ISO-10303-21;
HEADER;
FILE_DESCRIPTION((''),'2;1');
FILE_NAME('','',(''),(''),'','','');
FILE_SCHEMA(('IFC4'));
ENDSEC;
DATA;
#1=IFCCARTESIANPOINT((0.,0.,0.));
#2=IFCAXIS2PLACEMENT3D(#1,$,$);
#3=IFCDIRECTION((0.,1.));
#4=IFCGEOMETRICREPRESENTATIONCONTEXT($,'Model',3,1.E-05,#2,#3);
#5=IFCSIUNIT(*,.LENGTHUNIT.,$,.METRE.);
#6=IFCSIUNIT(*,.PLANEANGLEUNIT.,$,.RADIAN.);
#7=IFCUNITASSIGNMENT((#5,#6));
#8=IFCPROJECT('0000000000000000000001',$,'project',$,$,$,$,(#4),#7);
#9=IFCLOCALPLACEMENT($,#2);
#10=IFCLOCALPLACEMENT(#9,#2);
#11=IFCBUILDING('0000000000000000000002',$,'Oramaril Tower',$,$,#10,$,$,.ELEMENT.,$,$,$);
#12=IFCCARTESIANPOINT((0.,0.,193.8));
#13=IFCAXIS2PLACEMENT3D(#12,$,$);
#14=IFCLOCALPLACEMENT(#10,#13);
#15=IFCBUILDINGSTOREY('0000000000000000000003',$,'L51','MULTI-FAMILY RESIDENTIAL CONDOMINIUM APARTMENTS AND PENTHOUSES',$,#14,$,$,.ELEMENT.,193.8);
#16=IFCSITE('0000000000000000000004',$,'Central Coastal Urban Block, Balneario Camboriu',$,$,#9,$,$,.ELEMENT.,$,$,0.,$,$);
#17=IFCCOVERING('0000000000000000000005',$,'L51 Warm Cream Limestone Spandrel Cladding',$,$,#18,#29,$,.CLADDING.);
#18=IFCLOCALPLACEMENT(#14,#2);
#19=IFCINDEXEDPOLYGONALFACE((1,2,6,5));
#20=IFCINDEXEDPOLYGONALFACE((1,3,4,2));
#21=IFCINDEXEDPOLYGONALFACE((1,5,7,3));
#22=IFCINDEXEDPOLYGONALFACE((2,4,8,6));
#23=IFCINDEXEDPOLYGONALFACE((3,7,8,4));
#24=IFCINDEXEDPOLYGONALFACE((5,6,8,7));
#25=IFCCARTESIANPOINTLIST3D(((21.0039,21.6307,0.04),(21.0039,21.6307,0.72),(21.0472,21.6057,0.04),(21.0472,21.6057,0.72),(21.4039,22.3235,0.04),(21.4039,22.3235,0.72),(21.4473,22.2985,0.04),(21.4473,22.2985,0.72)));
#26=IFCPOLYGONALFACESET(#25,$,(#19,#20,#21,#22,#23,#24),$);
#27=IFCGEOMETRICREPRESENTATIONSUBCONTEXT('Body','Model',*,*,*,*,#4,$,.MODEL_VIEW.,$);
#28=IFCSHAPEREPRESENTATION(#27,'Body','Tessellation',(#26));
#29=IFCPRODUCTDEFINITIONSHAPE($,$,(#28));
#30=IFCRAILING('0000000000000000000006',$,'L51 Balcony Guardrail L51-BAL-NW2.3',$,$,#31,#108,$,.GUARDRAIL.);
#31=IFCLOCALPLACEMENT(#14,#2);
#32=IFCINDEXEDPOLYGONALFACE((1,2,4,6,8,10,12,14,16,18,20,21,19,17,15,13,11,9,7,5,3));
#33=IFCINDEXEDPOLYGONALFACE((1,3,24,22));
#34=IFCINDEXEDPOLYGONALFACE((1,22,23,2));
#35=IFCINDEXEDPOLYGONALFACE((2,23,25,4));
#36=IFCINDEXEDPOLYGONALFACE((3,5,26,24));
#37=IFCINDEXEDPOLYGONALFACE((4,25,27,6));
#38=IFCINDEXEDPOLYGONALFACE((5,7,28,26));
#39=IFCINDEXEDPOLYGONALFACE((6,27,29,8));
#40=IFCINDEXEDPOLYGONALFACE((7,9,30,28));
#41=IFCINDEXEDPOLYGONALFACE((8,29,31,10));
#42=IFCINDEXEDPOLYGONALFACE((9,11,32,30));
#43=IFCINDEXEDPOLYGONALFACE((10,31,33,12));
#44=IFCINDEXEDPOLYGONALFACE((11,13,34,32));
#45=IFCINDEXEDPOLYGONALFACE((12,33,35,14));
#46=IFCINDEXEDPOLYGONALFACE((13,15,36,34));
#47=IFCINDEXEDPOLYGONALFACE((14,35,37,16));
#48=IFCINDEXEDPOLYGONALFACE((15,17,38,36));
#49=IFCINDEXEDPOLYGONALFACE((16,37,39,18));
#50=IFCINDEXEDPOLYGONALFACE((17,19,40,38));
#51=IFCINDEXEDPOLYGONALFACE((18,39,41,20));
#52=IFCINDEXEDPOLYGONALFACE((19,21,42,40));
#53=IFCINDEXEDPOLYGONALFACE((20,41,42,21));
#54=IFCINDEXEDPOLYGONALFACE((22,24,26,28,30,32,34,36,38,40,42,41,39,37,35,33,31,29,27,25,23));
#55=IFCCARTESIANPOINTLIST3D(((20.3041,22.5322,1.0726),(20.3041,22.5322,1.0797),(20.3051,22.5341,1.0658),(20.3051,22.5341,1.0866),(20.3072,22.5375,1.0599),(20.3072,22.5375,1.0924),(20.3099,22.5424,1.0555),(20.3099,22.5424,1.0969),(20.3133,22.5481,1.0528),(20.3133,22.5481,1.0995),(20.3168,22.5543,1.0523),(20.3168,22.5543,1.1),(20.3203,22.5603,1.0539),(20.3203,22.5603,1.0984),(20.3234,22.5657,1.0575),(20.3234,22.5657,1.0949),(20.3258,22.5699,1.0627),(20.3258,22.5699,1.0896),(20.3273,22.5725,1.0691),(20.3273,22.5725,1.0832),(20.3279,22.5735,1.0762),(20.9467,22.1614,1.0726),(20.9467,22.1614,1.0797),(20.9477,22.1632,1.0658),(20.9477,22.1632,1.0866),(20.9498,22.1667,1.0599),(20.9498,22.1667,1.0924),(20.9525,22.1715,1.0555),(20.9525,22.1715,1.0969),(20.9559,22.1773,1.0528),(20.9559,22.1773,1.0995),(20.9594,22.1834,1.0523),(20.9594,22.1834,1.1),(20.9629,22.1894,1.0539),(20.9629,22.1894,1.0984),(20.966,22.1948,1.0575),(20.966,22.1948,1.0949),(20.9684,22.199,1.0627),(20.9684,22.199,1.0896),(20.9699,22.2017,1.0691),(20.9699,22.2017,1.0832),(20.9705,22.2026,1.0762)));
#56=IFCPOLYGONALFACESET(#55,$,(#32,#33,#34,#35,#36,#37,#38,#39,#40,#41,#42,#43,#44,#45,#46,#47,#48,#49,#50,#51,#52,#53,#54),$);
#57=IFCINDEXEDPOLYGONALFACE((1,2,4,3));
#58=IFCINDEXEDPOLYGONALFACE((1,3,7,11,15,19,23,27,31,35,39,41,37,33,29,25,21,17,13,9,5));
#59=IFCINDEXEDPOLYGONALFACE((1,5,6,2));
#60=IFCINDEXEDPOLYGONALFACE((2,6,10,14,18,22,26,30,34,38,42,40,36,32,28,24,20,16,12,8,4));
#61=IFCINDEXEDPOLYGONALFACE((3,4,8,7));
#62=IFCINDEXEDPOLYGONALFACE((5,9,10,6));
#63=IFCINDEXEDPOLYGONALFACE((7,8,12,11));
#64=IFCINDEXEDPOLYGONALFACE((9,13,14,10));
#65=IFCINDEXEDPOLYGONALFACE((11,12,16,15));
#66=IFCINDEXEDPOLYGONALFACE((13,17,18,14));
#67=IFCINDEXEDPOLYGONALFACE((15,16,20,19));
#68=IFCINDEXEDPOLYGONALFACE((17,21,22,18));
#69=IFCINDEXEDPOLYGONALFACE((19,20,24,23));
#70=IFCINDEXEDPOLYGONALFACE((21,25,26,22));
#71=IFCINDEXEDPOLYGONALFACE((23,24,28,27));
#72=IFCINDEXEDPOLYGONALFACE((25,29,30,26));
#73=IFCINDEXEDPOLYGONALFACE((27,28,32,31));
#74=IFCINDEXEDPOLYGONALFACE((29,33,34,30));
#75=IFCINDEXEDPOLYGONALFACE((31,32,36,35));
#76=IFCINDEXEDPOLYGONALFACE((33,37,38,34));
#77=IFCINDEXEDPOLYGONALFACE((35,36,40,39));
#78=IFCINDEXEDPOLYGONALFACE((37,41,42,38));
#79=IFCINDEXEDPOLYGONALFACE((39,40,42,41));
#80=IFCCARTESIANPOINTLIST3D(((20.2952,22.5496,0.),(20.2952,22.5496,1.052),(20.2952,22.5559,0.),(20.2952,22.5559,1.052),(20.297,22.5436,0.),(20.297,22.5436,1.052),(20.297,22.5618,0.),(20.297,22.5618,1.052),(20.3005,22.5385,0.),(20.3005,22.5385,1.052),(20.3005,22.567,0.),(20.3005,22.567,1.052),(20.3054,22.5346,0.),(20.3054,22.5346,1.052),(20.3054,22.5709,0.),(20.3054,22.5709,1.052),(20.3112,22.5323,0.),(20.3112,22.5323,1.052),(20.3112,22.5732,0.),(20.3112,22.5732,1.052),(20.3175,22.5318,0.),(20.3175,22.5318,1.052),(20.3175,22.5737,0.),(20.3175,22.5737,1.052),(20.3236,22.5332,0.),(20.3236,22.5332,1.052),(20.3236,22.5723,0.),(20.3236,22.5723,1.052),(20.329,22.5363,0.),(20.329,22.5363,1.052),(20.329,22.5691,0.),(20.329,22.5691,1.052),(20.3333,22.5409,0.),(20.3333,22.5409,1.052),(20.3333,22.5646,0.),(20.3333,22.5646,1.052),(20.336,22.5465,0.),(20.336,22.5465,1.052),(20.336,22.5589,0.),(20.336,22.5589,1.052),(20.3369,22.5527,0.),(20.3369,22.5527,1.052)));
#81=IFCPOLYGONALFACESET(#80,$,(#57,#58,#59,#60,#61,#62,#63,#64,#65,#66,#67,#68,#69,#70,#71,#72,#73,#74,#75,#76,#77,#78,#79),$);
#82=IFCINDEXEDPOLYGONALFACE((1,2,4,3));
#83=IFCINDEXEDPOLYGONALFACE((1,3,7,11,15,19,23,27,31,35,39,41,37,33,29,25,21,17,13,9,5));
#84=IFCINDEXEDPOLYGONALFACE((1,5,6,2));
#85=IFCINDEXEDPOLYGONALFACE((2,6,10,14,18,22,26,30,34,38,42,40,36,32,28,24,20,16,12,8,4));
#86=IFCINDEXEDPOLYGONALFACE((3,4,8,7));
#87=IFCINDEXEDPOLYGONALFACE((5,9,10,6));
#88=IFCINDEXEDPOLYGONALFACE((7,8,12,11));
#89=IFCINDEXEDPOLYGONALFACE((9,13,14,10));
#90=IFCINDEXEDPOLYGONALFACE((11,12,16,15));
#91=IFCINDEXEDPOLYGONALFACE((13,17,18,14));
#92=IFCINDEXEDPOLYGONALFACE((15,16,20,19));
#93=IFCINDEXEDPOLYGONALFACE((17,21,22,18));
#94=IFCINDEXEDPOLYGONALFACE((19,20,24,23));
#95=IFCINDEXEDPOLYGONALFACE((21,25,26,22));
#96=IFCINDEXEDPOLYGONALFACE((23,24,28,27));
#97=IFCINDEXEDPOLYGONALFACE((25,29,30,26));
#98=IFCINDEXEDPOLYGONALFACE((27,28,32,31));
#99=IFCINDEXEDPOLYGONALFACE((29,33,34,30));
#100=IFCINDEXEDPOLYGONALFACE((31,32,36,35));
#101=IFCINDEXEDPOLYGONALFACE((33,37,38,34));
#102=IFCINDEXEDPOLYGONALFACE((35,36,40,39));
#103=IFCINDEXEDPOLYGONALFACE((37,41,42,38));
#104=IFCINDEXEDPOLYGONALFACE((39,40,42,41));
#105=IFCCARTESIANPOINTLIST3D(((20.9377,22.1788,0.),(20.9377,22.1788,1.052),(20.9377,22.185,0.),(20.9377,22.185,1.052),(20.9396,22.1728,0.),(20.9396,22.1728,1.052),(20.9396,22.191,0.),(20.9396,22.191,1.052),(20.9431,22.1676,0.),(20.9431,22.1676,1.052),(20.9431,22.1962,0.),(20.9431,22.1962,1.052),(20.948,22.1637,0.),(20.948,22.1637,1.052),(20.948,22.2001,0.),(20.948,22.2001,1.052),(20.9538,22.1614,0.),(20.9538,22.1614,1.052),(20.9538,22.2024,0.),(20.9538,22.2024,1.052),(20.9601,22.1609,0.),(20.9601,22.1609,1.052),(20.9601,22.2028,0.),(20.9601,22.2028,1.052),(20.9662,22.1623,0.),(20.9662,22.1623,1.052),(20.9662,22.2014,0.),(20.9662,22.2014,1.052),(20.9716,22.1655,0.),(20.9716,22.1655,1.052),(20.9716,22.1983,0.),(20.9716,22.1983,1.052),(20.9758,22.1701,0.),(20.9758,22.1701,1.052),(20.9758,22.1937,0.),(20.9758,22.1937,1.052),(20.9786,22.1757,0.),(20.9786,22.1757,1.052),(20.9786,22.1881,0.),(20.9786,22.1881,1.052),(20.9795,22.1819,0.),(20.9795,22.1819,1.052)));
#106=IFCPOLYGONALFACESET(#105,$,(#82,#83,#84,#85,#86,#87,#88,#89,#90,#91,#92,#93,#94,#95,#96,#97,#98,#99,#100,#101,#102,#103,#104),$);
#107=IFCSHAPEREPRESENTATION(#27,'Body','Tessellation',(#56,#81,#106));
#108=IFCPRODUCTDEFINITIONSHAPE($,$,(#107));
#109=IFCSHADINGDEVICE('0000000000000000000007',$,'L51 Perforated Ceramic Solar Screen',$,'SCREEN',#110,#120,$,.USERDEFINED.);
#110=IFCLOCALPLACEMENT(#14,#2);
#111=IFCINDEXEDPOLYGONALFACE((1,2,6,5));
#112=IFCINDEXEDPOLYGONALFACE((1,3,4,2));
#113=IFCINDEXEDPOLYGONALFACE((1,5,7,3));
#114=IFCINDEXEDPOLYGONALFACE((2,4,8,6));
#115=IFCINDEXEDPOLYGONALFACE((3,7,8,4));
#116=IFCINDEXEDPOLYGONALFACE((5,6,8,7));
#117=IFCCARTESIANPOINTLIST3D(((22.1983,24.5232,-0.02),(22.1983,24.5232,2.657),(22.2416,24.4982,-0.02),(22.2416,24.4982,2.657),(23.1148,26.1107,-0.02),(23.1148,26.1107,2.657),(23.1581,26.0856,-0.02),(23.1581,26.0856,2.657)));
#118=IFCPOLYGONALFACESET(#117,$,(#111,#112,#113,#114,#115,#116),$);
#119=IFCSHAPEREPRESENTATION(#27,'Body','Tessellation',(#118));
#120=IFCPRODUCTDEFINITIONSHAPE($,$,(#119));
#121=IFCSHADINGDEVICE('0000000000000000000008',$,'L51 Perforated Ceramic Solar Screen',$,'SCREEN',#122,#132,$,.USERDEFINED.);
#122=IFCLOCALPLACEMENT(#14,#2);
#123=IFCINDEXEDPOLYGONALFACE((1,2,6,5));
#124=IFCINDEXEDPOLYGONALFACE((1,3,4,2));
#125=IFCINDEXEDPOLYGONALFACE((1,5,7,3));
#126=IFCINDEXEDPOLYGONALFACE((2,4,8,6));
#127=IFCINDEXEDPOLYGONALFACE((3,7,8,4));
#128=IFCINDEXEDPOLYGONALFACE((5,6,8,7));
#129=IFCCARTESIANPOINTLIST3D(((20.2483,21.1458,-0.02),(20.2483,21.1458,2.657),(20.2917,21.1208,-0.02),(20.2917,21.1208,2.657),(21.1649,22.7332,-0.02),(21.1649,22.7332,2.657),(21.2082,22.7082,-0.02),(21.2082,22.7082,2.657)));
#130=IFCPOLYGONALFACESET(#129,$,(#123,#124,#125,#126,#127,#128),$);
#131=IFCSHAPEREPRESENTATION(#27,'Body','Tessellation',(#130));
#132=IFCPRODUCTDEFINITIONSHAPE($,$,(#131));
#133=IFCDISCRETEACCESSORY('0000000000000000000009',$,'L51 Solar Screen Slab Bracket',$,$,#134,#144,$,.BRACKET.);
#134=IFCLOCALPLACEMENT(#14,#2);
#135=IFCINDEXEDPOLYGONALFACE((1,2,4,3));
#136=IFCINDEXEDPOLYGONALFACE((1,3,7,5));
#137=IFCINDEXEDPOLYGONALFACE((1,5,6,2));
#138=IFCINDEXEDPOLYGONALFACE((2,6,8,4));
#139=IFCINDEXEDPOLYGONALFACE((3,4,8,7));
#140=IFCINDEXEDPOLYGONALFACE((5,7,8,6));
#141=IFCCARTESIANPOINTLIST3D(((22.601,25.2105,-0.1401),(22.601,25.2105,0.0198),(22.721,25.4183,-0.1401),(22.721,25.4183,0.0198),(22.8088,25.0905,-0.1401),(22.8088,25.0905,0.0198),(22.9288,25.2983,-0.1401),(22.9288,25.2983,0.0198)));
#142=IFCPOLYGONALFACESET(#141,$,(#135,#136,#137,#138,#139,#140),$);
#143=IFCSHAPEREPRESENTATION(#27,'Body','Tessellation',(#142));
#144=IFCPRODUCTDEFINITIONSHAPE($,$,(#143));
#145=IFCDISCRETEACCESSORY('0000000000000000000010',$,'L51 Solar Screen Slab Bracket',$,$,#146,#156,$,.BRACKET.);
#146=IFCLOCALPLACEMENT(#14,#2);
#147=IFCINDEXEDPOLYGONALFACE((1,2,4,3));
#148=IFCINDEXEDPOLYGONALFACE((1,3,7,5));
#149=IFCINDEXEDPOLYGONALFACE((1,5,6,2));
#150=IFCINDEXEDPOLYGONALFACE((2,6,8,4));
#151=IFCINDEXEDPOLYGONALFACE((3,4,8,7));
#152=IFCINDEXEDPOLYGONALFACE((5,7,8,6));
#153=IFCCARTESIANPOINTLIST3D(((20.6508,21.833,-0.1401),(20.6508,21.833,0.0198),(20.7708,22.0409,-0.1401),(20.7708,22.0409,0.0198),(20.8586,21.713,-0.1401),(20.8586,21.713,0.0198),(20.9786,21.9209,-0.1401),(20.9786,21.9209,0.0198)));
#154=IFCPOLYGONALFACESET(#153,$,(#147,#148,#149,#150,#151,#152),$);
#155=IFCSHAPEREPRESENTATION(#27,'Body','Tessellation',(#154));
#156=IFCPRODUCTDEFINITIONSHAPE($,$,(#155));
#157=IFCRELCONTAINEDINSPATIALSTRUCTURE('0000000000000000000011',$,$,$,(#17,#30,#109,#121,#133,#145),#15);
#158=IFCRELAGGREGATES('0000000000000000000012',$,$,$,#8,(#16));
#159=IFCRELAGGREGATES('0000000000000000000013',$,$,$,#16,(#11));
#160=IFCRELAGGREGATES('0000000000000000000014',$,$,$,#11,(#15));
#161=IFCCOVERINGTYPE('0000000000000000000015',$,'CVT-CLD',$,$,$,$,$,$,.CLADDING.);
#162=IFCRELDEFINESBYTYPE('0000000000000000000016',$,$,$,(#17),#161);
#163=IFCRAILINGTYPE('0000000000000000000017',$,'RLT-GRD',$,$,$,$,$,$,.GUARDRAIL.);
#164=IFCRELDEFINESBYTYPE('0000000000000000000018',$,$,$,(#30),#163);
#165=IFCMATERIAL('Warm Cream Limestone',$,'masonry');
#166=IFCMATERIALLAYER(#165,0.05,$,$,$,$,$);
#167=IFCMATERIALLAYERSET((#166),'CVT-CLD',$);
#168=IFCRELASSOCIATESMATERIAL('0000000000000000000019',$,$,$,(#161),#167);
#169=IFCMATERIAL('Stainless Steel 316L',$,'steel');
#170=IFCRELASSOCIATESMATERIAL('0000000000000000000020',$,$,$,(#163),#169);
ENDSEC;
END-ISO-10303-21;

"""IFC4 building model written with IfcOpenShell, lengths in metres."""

from ifc_helpers import new_model, si_unit, direction, frame, origin, origin_2d, place, context, subcontext, project, spatial, rectangle, circle, extrude, material, layer, layer_set, type_object, element, save


model = new_model("IFC4")

# Units and contexts
model_context = context("Model", 3, precision=1e-05, world=origin(), true_north=direction((0.0, 1.0)))
body_context = subcontext(model_context, "Body", "Model", "MODEL_VIEW")
ifc_project = project(units=[si_unit("LENGTHUNIT", "METRE"), si_unit("PLANEANGLEUNIT", "RADIAN")], contexts=[model_context])

# Site, building, storey
site_placement = place(None, origin())
site = spatial("IfcSite", under=ifc_project, at=site_placement, Name="Central Coastal Urban Block, Balneario Camboriu", CompositionType="ELEMENT", RefElevation=0.0)
building_placement = place(site_placement, origin())
building = spatial("IfcBuilding", under=site, at=building_placement, Name="Oramaril Tower", CompositionType="ELEMENT")
storey_placement = place(building_placement, frame((0.0, 0.0, 193.8)))
storey = spatial("IfcBuildingStorey", under=building, at=storey_placement, Name="L51", Description="MULTI-FAMILY RESIDENTIAL CONDOMINIUM APARTMENTS AND PENTHOUSES", CompositionType="ELEMENT", Elevation=193.8)

# Covering
ifc_material_1 = material(Name="Warm Cream Limestone", Category="masonry")
ifc_layer_1 = layer(ifc_material_1, 0.05)
ifc_layer_set_1 = layer_set([ifc_layer_1], Name="CVT-CLD")
covering_type = type_object("IfcCoveringType", Name="CVT-CLD", PredefinedType="CLADDING", material=ifc_layer_set_1)
covering_placement = place(storey_placement, frame((21.2256, 21.9646, 0.04), z_axis=(0.0, 0.0, 1.0), x_axis=(-0.5, -0.866025, 0.0)))
element("IfcCovering", 1, at=covering_placement, inside=storey, type_object=covering_type, Name="L51 Warm Cream Limestone Spandrel Cladding", PredefinedType="CLADDING", context=body_context, shape_type="SweptSolid", body=[
    extrude(rectangle(XDim=0.8, YDim=0.05, at=origin_2d()), origin(), (0.0, 0.0, 1.0), 0.6799),
])

# Railing
ifc_material_2 = material(Name="Stainless Steel 316L", Category="steel")
railing_type = type_object("IfcRailingType", Name="RLT-GRD", PredefinedType="GUARDRAIL", material=ifc_material_2)
railing_placement = place(storey_placement, frame((20.3159, 22.5527, 0.0)))
element("IfcRailing", 2, at=railing_placement, inside=storey, type_object=railing_type, Name="L51 Balcony Guardrail L51-BAL-NW2.3", PredefinedType="GUARDRAIL", context=body_context, shape_type="SweptSolid", body=[
    extrude(circle(Radius=0.0239, at=origin_2d()), frame((0.0, 0.0, 1.0762), z_axis=(0.866109, -0.499855, 0.0), x_axis=(0.499855, 0.866109, 0.0)), (0.0, 0.0, 1.0), 0.7419),
    extrude(circle(Radius=0.021, at=origin_2d()), origin(), (0.0, 0.0, 1.0), 1.052),
    extrude(circle(Radius=0.021, at=origin_2d()), frame((0.6426, -0.3708, 0.0)), (0.0, 0.0, 1.0), 1.052),
])

# Shading devices
for number, where, z_axis, x_axis, name in (
    (3, (22.6782, 25.3044, -0.02), (0.0, 0.0, 1.0), (-0.5, -0.866025, 0.0), "L51 Perforated Ceramic Solar Screen"),
    (4, (20.7283, 21.927, -0.02), (0.0, 0.0, 1.0), (-0.5, -0.866025, 0.0), "L51 Perforated Ceramic Solar Screen"),
):
    element("IfcShadingDevice", number, at=place(storey_placement, frame(where, z_axis=z_axis, x_axis=x_axis)), inside=storey, Name=name, ObjectType="SCREEN", PredefinedType="USERDEFINED", context=body_context, shape_type="SweptSolid", body=[
        extrude(rectangle(XDim=1.833, YDim=0.05, at=origin_2d()), origin(), (0.0, 0.0, 1.0), 2.677),
    ])

# Discrete accessories
for number, where, z_axis, x_axis, name in (
    (5, (22.7649, 25.2544, -0.1401), (0.0, 0.0, 1.0), (-0.5, -0.866025, 0.0), "L51 Solar Screen Slab Bracket"),
    (6, (20.8147, 21.877, -0.1401), (0.0, 0.0, 1.0), (-0.5, -0.866025, 0.0), "L51 Solar Screen Slab Bracket"),
):
    element("IfcDiscreteAccessory", number, at=place(storey_placement, frame(where, z_axis=z_axis, x_axis=x_axis)), inside=storey, Name=name, PredefinedType="BRACKET", context=body_context, shape_type="SweptSolid", body=[
        extrude(rectangle(XDim=0.24, YDim=0.24, at=origin_2d()), origin(), (0.0, 0.0, 1.0), 0.1599),
    ])

save(model, "model.ifc")
